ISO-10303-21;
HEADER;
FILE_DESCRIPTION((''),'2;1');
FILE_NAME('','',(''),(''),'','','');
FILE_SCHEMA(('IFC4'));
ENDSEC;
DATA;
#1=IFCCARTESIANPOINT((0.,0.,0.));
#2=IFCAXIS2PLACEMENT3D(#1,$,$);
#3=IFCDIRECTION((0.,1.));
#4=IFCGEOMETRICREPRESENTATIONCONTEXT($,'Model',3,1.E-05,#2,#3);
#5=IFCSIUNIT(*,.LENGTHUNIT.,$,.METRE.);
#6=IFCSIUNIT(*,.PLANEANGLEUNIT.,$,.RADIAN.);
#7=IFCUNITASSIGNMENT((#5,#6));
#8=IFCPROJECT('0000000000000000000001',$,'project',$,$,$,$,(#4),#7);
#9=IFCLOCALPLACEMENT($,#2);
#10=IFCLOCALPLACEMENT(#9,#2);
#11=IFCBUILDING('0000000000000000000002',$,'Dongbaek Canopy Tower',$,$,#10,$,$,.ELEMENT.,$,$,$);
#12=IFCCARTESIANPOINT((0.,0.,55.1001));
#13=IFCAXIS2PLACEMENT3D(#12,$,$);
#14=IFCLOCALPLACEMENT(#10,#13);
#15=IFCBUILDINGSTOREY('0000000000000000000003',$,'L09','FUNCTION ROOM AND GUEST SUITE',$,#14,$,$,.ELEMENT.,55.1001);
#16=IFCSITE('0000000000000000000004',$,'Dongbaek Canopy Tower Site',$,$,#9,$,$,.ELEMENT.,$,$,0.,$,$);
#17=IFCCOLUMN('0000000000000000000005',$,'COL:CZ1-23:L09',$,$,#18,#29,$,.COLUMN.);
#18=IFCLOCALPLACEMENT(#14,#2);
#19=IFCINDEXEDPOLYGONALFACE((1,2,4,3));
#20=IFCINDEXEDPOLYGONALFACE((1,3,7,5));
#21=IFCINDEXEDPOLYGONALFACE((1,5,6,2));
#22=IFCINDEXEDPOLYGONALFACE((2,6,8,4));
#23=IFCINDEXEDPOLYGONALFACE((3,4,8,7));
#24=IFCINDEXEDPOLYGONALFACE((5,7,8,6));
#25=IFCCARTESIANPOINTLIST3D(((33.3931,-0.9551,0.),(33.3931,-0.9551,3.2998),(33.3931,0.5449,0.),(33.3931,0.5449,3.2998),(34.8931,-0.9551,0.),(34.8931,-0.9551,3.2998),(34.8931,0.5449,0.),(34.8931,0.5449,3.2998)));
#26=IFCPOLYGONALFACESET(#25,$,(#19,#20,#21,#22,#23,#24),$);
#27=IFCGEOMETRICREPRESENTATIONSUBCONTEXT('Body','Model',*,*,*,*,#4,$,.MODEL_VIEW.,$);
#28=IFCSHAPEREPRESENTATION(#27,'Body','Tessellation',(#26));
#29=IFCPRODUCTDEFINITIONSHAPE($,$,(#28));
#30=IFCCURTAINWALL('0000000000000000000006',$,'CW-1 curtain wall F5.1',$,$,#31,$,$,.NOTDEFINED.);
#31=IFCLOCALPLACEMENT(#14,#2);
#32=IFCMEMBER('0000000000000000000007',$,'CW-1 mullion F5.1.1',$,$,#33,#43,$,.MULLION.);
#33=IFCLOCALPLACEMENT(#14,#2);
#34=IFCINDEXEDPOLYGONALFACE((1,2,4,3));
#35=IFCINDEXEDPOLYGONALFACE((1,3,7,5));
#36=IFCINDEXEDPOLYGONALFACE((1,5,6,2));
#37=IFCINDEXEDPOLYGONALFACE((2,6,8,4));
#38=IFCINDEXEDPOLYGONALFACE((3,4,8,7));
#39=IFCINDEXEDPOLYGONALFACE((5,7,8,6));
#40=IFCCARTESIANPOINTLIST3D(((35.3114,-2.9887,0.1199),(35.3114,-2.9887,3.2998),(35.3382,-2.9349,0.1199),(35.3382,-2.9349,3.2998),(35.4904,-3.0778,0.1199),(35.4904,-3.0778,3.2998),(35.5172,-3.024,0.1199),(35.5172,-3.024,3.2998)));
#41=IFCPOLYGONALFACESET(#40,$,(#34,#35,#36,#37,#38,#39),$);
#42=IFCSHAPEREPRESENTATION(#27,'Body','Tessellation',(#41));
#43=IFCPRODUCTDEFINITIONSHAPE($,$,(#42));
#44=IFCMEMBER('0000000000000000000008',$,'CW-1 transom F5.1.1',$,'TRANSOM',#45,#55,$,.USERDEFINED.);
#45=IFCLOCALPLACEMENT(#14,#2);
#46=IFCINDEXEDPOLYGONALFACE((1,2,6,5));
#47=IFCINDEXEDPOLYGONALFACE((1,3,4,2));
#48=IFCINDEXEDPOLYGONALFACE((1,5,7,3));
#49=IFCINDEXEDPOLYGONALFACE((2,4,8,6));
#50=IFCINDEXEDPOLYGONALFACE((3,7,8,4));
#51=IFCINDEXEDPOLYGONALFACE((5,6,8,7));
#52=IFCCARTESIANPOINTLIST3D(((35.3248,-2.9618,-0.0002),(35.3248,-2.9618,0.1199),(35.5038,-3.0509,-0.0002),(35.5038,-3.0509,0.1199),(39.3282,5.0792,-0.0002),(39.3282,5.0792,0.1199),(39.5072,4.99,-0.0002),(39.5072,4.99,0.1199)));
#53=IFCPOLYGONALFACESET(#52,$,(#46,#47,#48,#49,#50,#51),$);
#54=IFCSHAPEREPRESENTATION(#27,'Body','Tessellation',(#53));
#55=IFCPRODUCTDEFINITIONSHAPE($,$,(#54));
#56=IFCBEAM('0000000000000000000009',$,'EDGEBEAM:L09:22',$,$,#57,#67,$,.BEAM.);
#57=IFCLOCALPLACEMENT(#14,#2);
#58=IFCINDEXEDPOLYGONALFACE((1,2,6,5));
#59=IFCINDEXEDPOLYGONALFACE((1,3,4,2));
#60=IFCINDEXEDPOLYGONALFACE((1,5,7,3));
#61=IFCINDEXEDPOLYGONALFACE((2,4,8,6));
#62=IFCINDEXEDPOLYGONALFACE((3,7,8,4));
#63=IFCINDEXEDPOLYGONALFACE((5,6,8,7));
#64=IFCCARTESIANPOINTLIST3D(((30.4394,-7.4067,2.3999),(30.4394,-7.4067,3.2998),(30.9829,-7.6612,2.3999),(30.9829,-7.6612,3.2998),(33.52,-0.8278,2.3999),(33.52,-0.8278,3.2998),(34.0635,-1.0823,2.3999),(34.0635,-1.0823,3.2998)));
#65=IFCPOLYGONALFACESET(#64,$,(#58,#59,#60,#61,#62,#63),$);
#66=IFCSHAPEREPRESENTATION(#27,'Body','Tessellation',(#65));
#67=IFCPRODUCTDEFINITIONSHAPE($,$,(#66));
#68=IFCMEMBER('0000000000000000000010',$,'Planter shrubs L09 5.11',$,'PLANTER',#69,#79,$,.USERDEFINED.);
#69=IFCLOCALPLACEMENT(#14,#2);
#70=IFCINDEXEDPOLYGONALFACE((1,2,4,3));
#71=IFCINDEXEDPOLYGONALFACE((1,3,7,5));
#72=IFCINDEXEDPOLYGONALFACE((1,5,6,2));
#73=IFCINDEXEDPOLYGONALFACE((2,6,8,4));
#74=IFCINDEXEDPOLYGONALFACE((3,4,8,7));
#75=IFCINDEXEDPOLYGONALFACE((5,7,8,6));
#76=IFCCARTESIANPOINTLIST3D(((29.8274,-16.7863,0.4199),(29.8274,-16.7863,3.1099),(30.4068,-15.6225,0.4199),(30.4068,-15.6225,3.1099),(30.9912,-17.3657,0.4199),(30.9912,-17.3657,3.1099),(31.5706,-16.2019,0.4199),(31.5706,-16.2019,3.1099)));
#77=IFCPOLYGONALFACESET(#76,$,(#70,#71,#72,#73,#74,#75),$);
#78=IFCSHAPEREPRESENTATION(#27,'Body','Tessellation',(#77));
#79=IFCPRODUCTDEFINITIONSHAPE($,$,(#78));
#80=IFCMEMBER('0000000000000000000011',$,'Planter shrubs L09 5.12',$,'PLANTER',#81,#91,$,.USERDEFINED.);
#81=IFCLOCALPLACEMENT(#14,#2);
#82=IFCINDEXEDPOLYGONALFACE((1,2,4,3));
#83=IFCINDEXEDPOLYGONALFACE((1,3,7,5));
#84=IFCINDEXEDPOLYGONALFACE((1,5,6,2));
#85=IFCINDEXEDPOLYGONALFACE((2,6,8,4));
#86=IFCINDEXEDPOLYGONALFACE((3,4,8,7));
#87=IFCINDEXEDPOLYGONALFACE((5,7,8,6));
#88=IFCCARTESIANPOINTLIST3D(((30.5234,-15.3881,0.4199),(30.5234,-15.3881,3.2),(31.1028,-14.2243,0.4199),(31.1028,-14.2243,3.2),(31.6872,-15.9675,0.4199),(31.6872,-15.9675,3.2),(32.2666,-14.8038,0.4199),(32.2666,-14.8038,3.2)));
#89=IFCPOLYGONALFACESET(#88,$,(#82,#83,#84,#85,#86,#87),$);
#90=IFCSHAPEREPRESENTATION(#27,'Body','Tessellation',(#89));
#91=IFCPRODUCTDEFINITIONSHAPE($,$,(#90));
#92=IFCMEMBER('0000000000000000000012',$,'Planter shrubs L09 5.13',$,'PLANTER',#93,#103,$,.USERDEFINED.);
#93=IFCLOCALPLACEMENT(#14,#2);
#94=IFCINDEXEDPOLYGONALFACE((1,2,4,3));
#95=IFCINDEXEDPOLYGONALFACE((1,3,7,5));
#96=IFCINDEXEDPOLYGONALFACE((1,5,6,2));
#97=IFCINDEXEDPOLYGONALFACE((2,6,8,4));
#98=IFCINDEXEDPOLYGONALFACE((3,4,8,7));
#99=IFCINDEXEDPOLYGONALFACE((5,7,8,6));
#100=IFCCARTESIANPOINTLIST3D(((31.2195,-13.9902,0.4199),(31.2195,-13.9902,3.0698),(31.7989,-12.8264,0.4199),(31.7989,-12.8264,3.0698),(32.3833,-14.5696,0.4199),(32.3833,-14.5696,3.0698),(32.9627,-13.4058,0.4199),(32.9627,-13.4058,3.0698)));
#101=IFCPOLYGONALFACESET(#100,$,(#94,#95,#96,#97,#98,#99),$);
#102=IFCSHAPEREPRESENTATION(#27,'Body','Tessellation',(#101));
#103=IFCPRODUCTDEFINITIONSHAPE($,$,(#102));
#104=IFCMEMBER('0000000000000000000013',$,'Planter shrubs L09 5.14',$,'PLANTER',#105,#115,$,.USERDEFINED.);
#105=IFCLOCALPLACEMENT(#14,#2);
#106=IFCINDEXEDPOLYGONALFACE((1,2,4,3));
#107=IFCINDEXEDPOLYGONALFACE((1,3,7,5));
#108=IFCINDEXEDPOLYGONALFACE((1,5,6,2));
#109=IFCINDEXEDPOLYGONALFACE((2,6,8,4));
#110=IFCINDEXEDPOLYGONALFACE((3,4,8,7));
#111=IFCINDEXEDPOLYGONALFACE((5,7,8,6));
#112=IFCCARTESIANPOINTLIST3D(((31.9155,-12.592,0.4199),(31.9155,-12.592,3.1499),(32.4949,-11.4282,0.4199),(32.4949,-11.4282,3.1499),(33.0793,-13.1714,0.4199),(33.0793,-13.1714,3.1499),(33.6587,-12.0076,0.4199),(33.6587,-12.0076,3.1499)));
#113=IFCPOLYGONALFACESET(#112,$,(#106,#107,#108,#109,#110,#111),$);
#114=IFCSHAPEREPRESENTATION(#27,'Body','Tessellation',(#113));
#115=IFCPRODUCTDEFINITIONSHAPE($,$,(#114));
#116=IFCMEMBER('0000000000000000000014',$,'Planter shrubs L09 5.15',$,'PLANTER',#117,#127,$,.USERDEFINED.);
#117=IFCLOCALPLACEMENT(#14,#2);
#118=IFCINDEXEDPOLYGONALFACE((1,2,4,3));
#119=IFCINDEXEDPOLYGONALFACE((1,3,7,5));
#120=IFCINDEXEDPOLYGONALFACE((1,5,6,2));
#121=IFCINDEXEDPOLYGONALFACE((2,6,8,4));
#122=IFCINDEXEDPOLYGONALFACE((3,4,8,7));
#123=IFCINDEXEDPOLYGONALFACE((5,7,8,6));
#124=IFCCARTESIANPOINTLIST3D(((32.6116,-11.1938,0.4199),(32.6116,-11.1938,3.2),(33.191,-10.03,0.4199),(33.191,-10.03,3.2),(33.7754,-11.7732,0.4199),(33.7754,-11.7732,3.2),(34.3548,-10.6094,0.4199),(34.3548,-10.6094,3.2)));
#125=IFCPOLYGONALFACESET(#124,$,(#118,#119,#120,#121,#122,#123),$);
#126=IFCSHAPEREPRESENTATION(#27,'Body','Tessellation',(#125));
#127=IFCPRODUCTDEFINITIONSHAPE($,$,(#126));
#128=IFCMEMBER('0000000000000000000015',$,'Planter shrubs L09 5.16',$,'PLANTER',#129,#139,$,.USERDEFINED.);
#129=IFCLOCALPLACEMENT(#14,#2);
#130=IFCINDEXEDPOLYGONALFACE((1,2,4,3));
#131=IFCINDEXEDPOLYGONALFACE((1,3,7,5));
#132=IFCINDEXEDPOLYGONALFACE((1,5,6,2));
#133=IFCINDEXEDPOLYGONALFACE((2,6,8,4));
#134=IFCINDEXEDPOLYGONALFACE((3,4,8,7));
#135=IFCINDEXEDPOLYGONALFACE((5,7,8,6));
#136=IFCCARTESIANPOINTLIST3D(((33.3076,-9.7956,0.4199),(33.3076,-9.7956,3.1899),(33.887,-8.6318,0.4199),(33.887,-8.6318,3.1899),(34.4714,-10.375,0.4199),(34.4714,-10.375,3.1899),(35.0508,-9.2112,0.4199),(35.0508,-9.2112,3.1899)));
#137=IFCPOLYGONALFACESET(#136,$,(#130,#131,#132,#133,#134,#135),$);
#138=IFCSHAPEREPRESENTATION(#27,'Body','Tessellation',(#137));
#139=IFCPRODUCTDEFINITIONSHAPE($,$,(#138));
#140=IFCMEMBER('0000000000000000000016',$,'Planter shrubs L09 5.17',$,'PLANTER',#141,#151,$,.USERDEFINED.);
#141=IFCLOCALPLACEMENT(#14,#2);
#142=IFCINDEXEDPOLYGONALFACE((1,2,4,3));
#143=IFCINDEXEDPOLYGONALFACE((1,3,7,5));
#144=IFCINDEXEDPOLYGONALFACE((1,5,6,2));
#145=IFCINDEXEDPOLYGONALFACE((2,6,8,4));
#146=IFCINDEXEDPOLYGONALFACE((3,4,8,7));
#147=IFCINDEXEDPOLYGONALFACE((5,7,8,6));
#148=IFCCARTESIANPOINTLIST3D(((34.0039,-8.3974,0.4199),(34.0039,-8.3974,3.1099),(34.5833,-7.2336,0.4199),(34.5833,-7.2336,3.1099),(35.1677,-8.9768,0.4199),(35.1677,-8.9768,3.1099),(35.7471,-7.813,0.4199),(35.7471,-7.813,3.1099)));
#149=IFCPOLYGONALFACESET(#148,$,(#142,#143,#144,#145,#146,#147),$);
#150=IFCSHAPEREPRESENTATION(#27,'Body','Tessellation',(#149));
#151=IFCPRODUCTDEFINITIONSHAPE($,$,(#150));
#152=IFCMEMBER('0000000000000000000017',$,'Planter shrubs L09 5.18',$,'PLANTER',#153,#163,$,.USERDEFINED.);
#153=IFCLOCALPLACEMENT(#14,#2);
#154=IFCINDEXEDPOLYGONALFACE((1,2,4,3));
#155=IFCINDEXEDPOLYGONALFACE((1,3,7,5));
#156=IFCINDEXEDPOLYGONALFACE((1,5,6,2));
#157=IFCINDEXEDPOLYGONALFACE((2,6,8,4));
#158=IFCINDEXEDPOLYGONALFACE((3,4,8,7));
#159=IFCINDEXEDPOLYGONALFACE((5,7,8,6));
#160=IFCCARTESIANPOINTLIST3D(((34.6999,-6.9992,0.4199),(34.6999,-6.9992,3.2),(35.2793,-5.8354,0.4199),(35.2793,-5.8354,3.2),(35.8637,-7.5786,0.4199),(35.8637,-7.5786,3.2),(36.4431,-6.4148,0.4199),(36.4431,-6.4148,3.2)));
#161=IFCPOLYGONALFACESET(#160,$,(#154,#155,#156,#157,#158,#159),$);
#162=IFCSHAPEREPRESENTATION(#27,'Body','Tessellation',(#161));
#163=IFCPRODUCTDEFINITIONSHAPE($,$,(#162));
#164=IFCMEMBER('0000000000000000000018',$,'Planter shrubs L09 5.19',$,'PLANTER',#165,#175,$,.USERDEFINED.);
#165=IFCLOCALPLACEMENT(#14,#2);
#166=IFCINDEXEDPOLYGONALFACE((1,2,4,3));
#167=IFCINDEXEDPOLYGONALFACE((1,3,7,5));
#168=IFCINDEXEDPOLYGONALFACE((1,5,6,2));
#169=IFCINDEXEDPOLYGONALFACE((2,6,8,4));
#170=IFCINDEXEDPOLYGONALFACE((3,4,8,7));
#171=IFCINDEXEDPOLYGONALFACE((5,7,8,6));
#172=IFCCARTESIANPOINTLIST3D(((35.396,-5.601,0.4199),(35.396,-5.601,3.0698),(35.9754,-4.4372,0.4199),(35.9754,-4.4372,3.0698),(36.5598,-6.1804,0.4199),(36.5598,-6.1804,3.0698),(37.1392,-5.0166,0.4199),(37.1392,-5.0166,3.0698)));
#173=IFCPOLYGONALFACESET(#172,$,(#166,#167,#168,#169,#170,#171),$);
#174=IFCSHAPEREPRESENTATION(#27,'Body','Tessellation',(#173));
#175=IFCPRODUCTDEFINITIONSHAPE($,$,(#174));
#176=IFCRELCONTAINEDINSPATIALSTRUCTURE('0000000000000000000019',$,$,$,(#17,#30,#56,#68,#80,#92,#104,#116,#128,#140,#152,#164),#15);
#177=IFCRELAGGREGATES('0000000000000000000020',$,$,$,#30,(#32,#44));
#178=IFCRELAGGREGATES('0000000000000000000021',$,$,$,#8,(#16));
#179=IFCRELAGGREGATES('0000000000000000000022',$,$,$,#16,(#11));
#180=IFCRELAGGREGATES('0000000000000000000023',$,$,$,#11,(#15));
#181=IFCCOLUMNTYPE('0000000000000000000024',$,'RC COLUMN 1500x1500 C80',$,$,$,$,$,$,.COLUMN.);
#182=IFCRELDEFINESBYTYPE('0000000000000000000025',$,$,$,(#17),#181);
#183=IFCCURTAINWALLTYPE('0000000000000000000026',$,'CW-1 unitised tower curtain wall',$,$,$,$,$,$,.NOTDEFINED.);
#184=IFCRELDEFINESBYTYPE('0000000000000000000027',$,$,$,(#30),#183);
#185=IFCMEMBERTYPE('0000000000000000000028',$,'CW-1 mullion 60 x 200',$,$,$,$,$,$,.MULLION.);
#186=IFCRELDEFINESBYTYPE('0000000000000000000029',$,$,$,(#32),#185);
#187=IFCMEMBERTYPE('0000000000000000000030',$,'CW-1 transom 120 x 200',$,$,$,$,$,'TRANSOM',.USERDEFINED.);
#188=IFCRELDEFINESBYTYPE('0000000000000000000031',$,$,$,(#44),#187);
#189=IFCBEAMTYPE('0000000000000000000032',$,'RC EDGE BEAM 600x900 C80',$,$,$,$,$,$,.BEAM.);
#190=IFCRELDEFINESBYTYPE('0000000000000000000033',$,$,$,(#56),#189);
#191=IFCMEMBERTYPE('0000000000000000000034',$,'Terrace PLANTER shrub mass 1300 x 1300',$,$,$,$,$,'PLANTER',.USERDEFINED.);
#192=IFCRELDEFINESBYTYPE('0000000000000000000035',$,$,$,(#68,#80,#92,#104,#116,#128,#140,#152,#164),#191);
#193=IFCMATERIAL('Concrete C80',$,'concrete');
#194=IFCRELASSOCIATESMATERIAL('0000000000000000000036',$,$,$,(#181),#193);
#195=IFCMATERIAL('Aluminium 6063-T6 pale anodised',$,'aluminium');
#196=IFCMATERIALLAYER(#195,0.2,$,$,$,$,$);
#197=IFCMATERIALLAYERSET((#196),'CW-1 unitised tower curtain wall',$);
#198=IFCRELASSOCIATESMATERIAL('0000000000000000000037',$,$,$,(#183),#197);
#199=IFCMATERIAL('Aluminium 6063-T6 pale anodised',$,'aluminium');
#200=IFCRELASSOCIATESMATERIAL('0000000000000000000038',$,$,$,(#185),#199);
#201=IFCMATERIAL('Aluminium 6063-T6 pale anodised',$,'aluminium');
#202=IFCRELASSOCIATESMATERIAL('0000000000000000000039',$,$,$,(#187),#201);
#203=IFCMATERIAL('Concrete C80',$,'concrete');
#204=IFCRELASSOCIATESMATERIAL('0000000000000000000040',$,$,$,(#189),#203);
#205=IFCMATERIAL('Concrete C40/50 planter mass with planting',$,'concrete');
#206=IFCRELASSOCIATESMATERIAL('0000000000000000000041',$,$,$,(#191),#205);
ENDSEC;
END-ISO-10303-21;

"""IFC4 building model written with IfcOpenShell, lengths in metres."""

from ifc_helpers import new_model, si_unit, direction, frame, origin, origin_2d, place, context, subcontext, project, spatial, rectangle, extrude, material, layer, layer_set, material_profile, profile_set, type_object, element, aggregate, save


model = new_model("IFC4")

# Units and contexts
model_context = context("Model", 3, precision=1e-05, world=origin(), true_north=direction((0.0, 1.0)))
body_context = subcontext(model_context, "Body", "Model", "MODEL_VIEW")
ifc_project = project(units=[si_unit("LENGTHUNIT", "METRE"), si_unit("PLANEANGLEUNIT", "RADIAN")], contexts=[model_context])

# Site, building, storey
site_placement = place(None, origin())
site = spatial("IfcSite", under=ifc_project, at=site_placement, Name="Dongbaek Canopy Tower Site", CompositionType="ELEMENT", RefElevation=0.0)
building_placement = place(site_placement, origin())
building = spatial("IfcBuilding", under=site, at=building_placement, Name="Dongbaek Canopy Tower", CompositionType="ELEMENT")
storey_placement = place(building_placement, frame((0.0, 0.0, 55.1001)))
storey = spatial("IfcBuildingStorey", under=building, at=storey_placement, Name="L09", Description="FUNCTION ROOM AND GUEST SUITE", CompositionType="ELEMENT", Elevation=55.1001)

# Column
ifc_material_1 = material(Name="Concrete C80", Category="concrete")
ifc_material_profile_1 = material_profile(ifc_material_1, rectangle(XDim=1.5, YDim=1.5, at=origin_2d()), Name="RC COLUMN 1500x1500 C80")
ifc_profile_set_1 = profile_set([ifc_material_profile_1], Name="Concrete C80")
column_type = type_object("IfcColumnType", Name="RC COLUMN 1500x1500 C80", PredefinedType="COLUMN", material=ifc_profile_set_1)
column_placement = place(storey_placement, frame((34.1431, -0.2051, 0.0), z_axis=(0.0, 0.0, 1.0), x_axis=(1.0, 0.0, 0.0)))
element("IfcColumn", 1, at=column_placement, inside=storey, type_object=column_type, Name="COL:CZ1-23:L09", PredefinedType="COLUMN", context=body_context, shape_type="SweptSolid", body=[
    extrude(rectangle(XDim=1.5, YDim=1.5, at=origin_2d()), origin(), (0.0, 0.0, 1.0), 3.2998),
])

# Curtain wall, members
ifc_material_2 = material(Name="Aluminium 6063-T6 pale anodised", Category="aluminium")
ifc_layer_1 = layer(ifc_material_2, 0.2)
ifc_layer_set_1 = layer_set([ifc_layer_1], Name="CW-1 unitised tower curtain wall")
curtain_wall_type = type_object("IfcCurtainWallType", Name="CW-1 unitised tower curtain wall", PredefinedType="NOTDEFINED", material=ifc_layer_set_1)
curtain_wall_placement = place(storey_placement, origin())
curtain_wall = element("IfcCurtainWall", 2, at=curtain_wall_placement, inside=storey, type_object=curtain_wall_type, Name="CW-1 curtain wall F5.1", PredefinedType="NOTDEFINED")
ifc_material_3 = material(Name="Aluminium 6063-T6 pale anodised", Category="aluminium")
ifc_material_profile_2 = material_profile(ifc_material_3, rectangle(XDim=0.2, YDim=0.0601, at=origin_2d()), Name="CW-1 mullion 60 x 200")
ifc_profile_set_2 = profile_set([ifc_material_profile_2], Name="Aluminium 6063-T6 pale anodised")
member_type_1 = type_object("IfcMemberType", Name="CW-1 mullion 60 x 200", PredefinedType="MULLION", material=ifc_profile_set_2)
member_1_placement = place(storey_placement, frame((35.4143, -3.0063, 0.1199), z_axis=(0.0, 0.0, 1.0), x_axis=(0.895193, -0.445678, 0.0)))
member_1 = element("IfcMember", 3, at=member_1_placement, type_object=member_type_1, Name="CW-1 mullion F5.1.1", PredefinedType="MULLION", context=body_context, shape_type="SweptSolid", body=[
    extrude(rectangle(XDim=0.2, YDim=0.0601, at=origin_2d()), origin(), (0.0, 0.0, 1.0), 3.1799),
])
ifc_material_4 = material(Name="Aluminium 6063-T6 pale anodised", Category="aluminium")
ifc_material_profile_3 = material_profile(ifc_material_4, rectangle(XDim=0.2, YDim=0.1201, at=origin_2d()), Name="CW-1 transom 120 x 200")
ifc_profile_set_3 = profile_set([ifc_material_profile_3], Name="Aluminium 6063-T6 pale anodised")
member_type_2 = type_object("IfcMemberType", Name="CW-1 transom 120 x 200", ElementType="TRANSOM", PredefinedType="USERDEFINED", material=ifc_profile_set_3)
member_2_placement = place(storey_placement, frame((35.4143, -3.0063, 0.0598), z_axis=(0.445691, 0.895187, 0.0), x_axis=(-0.895187, 0.445691, 0.0)))
member_2 = element("IfcMember", 4, at=member_2_placement, type_object=member_type_2, Name="CW-1 transom F5.1.1", ObjectType="TRANSOM", PredefinedType="USERDEFINED", context=body_context, shape_type="SweptSolid", body=[
    extrude(rectangle(XDim=0.2, YDim=0.1201, at=origin_2d()), origin(), (0.0, 0.0, 1.0), 8.9824),
])

# Beam
ifc_material_5 = material(Name="Concrete C80", Category="concrete")
ifc_material_profile_4 = material_profile(ifc_material_5, rectangle(XDim=0.6001, YDim=0.8999, at=origin_2d()), Name="RC EDGE BEAM 600x900 C80")
ifc_profile_set_4 = profile_set([ifc_material_profile_4], Name="Concrete C80")
beam_type = type_object("IfcBeamType", Name="RC EDGE BEAM 600x900 C80", PredefinedType="BEAM", material=ifc_profile_set_4)
beam_placement = place(storey_placement, frame((33.7917, -0.9551, 2.8499), z_axis=(-0.424064, -0.905632, 0.0), x_axis=(0.905632, -0.424064, 0.0)))
element("IfcBeam", 5, at=beam_placement, inside=storey, type_object=beam_type, Name="EDGEBEAM:L09:22", PredefinedType="BEAM", context=body_context, shape_type="SweptSolid", body=[
    extrude(rectangle(XDim=0.6001, YDim=0.8999, at=origin_2d()), origin(), (0.0, 0.0, 1.0), 7.2644),
])

# Members
ifc_material_6 = material(Name="Concrete C40/50 planter mass with planting", Category="concrete")
ifc_material_profile_5 = material_profile(ifc_material_6, rectangle(XDim=1.3, YDim=1.3, at=origin_2d()), Name="Terrace PLANTER shrub mass 1300 x 1300")
ifc_profile_set_5 = profile_set([ifc_material_profile_5], Name="Concrete C40/50 planter mass with planting")
member_type_3 = type_object("IfcMemberType", Name="Terrace PLANTER shrub mass 1300 x 1300", ElementType="PLANTER", PredefinedType="USERDEFINED", material=ifc_profile_set_5)
member_3_placement = place(storey_placement, frame((30.699, -16.4941, 0.4199), z_axis=(0.0, 0.0, 1.0), x_axis=(0.895193, -0.445678, 0.0)))
element("IfcMember", 6, at=member_3_placement, inside=storey, type_object=member_type_3, Name="Planter shrubs L09 5.11", ObjectType="PLANTER", PredefinedType="USERDEFINED", context=body_context, shape_type="SweptSolid", body=[
    extrude(rectangle(XDim=1.3, YDim=1.3, at=origin_2d()), origin(), (0.0, 0.0, 1.0), 2.6899),
])
member_4_placement = place(storey_placement, frame((31.395, -15.0959, 0.4199), z_axis=(0.0, 0.0, 1.0), x_axis=(0.895193, -0.445678, 0.0)))
element("IfcMember", 7, at=member_4_placement, inside=storey, type_object=member_type_3, Name="Planter shrubs L09 5.12", ObjectType="PLANTER", PredefinedType="USERDEFINED", context=body_context, shape_type="SweptSolid", body=[
    extrude(rectangle(XDim=1.3, YDim=1.3, at=origin_2d()), origin(), (0.0, 0.0, 1.0), 2.78),
])
member_5_placement = place(storey_placement, frame((32.0911, -13.698, 0.4199), z_axis=(0.0, 0.0, 1.0), x_axis=(0.895193, -0.445678, 0.0)))
element("IfcMember", 8, at=member_5_placement, inside=storey, type_object=member_type_3, Name="Planter shrubs L09 5.13", ObjectType="PLANTER", PredefinedType="USERDEFINED", context=body_context, shape_type="SweptSolid", body=[
    extrude(rectangle(XDim=1.3, YDim=1.3, at=origin_2d()), origin(), (0.0, 0.0, 1.0), 2.6499),
])
member_6_placement = place(storey_placement, frame((32.7871, -12.2998, 0.4199), z_axis=(0.0, 0.0, 1.0), x_axis=(0.895193, -0.445678, 0.0)))
element("IfcMember", 9, at=member_6_placement, inside=storey, type_object=member_type_3, Name="Planter shrubs L09 5.14", ObjectType="PLANTER", PredefinedType="USERDEFINED", context=body_context, shape_type="SweptSolid", body=[
    extrude(rectangle(XDim=1.3, YDim=1.3, at=origin_2d()), origin(), (0.0, 0.0, 1.0), 2.73),
])
member_7_placement = place(storey_placement, frame((33.4832, -10.9016, 0.4199), z_axis=(0.0, 0.0, 1.0), x_axis=(0.895193, -0.445678, 0.0)))
element("IfcMember", 10, at=member_7_placement, inside=storey, type_object=member_type_3, Name="Planter shrubs L09 5.15", ObjectType="PLANTER", PredefinedType="USERDEFINED", context=body_context, shape_type="SweptSolid", body=[
    extrude(rectangle(XDim=1.3, YDim=1.3, at=origin_2d()), origin(), (0.0, 0.0, 1.0), 2.78),
])
member_8_placement = place(storey_placement, frame((34.1792, -9.5034, 0.4199), z_axis=(0.0, 0.0, 1.0), x_axis=(0.895193, -0.445678, 0.0)))
element("IfcMember", 11, at=member_8_placement, inside=storey, type_object=member_type_3, Name="Planter shrubs L09 5.16", ObjectType="PLANTER", PredefinedType="USERDEFINED", context=body_context, shape_type="SweptSolid", body=[
    extrude(rectangle(XDim=1.3, YDim=1.3, at=origin_2d()), origin(), (0.0, 0.0, 1.0), 2.77),
])
member_9_placement = place(storey_placement, frame((34.8755, -8.1052, 0.4199), z_axis=(0.0, 0.0, 1.0), x_axis=(0.895193, -0.445678, 0.0)))
element("IfcMember", 12, at=member_9_placement, inside=storey, type_object=member_type_3, Name="Planter shrubs L09 5.17", ObjectType="PLANTER", PredefinedType="USERDEFINED", context=body_context, shape_type="SweptSolid", body=[
    extrude(rectangle(XDim=1.3, YDim=1.3, at=origin_2d()), origin(), (0.0, 0.0, 1.0), 2.6899),
])
member_10_placement = place(storey_placement, frame((35.5715, -6.707, 0.4199), z_axis=(0.0, 0.0, 1.0), x_axis=(0.895193, -0.445678, 0.0)))
element("IfcMember", 13, at=member_10_placement, inside=storey, type_object=member_type_3, Name="Planter shrubs L09 5.18", ObjectType="PLANTER", PredefinedType="USERDEFINED", context=body_context, shape_type="SweptSolid", body=[
    extrude(rectangle(XDim=1.3, YDim=1.3, at=origin_2d()), origin(), (0.0, 0.0, 1.0), 2.78),
])
member_11_placement = place(storey_placement, frame((36.2676, -5.3088, 0.4199), z_axis=(0.0, 0.0, 1.0), x_axis=(0.895193, -0.445678, 0.0)))
element("IfcMember", 14, at=member_11_placement, inside=storey, type_object=member_type_3, Name="Planter shrubs L09 5.19", ObjectType="PLANTER", PredefinedType="USERDEFINED", context=body_context, shape_type="SweptSolid", body=[
    extrude(rectangle(XDim=1.3, YDim=1.3, at=origin_2d()), origin(), (0.0, 0.0, 1.0), 2.6499),
])

aggregate(curtain_wall, [member_1, member_2])

save(model, "model.ifc")
